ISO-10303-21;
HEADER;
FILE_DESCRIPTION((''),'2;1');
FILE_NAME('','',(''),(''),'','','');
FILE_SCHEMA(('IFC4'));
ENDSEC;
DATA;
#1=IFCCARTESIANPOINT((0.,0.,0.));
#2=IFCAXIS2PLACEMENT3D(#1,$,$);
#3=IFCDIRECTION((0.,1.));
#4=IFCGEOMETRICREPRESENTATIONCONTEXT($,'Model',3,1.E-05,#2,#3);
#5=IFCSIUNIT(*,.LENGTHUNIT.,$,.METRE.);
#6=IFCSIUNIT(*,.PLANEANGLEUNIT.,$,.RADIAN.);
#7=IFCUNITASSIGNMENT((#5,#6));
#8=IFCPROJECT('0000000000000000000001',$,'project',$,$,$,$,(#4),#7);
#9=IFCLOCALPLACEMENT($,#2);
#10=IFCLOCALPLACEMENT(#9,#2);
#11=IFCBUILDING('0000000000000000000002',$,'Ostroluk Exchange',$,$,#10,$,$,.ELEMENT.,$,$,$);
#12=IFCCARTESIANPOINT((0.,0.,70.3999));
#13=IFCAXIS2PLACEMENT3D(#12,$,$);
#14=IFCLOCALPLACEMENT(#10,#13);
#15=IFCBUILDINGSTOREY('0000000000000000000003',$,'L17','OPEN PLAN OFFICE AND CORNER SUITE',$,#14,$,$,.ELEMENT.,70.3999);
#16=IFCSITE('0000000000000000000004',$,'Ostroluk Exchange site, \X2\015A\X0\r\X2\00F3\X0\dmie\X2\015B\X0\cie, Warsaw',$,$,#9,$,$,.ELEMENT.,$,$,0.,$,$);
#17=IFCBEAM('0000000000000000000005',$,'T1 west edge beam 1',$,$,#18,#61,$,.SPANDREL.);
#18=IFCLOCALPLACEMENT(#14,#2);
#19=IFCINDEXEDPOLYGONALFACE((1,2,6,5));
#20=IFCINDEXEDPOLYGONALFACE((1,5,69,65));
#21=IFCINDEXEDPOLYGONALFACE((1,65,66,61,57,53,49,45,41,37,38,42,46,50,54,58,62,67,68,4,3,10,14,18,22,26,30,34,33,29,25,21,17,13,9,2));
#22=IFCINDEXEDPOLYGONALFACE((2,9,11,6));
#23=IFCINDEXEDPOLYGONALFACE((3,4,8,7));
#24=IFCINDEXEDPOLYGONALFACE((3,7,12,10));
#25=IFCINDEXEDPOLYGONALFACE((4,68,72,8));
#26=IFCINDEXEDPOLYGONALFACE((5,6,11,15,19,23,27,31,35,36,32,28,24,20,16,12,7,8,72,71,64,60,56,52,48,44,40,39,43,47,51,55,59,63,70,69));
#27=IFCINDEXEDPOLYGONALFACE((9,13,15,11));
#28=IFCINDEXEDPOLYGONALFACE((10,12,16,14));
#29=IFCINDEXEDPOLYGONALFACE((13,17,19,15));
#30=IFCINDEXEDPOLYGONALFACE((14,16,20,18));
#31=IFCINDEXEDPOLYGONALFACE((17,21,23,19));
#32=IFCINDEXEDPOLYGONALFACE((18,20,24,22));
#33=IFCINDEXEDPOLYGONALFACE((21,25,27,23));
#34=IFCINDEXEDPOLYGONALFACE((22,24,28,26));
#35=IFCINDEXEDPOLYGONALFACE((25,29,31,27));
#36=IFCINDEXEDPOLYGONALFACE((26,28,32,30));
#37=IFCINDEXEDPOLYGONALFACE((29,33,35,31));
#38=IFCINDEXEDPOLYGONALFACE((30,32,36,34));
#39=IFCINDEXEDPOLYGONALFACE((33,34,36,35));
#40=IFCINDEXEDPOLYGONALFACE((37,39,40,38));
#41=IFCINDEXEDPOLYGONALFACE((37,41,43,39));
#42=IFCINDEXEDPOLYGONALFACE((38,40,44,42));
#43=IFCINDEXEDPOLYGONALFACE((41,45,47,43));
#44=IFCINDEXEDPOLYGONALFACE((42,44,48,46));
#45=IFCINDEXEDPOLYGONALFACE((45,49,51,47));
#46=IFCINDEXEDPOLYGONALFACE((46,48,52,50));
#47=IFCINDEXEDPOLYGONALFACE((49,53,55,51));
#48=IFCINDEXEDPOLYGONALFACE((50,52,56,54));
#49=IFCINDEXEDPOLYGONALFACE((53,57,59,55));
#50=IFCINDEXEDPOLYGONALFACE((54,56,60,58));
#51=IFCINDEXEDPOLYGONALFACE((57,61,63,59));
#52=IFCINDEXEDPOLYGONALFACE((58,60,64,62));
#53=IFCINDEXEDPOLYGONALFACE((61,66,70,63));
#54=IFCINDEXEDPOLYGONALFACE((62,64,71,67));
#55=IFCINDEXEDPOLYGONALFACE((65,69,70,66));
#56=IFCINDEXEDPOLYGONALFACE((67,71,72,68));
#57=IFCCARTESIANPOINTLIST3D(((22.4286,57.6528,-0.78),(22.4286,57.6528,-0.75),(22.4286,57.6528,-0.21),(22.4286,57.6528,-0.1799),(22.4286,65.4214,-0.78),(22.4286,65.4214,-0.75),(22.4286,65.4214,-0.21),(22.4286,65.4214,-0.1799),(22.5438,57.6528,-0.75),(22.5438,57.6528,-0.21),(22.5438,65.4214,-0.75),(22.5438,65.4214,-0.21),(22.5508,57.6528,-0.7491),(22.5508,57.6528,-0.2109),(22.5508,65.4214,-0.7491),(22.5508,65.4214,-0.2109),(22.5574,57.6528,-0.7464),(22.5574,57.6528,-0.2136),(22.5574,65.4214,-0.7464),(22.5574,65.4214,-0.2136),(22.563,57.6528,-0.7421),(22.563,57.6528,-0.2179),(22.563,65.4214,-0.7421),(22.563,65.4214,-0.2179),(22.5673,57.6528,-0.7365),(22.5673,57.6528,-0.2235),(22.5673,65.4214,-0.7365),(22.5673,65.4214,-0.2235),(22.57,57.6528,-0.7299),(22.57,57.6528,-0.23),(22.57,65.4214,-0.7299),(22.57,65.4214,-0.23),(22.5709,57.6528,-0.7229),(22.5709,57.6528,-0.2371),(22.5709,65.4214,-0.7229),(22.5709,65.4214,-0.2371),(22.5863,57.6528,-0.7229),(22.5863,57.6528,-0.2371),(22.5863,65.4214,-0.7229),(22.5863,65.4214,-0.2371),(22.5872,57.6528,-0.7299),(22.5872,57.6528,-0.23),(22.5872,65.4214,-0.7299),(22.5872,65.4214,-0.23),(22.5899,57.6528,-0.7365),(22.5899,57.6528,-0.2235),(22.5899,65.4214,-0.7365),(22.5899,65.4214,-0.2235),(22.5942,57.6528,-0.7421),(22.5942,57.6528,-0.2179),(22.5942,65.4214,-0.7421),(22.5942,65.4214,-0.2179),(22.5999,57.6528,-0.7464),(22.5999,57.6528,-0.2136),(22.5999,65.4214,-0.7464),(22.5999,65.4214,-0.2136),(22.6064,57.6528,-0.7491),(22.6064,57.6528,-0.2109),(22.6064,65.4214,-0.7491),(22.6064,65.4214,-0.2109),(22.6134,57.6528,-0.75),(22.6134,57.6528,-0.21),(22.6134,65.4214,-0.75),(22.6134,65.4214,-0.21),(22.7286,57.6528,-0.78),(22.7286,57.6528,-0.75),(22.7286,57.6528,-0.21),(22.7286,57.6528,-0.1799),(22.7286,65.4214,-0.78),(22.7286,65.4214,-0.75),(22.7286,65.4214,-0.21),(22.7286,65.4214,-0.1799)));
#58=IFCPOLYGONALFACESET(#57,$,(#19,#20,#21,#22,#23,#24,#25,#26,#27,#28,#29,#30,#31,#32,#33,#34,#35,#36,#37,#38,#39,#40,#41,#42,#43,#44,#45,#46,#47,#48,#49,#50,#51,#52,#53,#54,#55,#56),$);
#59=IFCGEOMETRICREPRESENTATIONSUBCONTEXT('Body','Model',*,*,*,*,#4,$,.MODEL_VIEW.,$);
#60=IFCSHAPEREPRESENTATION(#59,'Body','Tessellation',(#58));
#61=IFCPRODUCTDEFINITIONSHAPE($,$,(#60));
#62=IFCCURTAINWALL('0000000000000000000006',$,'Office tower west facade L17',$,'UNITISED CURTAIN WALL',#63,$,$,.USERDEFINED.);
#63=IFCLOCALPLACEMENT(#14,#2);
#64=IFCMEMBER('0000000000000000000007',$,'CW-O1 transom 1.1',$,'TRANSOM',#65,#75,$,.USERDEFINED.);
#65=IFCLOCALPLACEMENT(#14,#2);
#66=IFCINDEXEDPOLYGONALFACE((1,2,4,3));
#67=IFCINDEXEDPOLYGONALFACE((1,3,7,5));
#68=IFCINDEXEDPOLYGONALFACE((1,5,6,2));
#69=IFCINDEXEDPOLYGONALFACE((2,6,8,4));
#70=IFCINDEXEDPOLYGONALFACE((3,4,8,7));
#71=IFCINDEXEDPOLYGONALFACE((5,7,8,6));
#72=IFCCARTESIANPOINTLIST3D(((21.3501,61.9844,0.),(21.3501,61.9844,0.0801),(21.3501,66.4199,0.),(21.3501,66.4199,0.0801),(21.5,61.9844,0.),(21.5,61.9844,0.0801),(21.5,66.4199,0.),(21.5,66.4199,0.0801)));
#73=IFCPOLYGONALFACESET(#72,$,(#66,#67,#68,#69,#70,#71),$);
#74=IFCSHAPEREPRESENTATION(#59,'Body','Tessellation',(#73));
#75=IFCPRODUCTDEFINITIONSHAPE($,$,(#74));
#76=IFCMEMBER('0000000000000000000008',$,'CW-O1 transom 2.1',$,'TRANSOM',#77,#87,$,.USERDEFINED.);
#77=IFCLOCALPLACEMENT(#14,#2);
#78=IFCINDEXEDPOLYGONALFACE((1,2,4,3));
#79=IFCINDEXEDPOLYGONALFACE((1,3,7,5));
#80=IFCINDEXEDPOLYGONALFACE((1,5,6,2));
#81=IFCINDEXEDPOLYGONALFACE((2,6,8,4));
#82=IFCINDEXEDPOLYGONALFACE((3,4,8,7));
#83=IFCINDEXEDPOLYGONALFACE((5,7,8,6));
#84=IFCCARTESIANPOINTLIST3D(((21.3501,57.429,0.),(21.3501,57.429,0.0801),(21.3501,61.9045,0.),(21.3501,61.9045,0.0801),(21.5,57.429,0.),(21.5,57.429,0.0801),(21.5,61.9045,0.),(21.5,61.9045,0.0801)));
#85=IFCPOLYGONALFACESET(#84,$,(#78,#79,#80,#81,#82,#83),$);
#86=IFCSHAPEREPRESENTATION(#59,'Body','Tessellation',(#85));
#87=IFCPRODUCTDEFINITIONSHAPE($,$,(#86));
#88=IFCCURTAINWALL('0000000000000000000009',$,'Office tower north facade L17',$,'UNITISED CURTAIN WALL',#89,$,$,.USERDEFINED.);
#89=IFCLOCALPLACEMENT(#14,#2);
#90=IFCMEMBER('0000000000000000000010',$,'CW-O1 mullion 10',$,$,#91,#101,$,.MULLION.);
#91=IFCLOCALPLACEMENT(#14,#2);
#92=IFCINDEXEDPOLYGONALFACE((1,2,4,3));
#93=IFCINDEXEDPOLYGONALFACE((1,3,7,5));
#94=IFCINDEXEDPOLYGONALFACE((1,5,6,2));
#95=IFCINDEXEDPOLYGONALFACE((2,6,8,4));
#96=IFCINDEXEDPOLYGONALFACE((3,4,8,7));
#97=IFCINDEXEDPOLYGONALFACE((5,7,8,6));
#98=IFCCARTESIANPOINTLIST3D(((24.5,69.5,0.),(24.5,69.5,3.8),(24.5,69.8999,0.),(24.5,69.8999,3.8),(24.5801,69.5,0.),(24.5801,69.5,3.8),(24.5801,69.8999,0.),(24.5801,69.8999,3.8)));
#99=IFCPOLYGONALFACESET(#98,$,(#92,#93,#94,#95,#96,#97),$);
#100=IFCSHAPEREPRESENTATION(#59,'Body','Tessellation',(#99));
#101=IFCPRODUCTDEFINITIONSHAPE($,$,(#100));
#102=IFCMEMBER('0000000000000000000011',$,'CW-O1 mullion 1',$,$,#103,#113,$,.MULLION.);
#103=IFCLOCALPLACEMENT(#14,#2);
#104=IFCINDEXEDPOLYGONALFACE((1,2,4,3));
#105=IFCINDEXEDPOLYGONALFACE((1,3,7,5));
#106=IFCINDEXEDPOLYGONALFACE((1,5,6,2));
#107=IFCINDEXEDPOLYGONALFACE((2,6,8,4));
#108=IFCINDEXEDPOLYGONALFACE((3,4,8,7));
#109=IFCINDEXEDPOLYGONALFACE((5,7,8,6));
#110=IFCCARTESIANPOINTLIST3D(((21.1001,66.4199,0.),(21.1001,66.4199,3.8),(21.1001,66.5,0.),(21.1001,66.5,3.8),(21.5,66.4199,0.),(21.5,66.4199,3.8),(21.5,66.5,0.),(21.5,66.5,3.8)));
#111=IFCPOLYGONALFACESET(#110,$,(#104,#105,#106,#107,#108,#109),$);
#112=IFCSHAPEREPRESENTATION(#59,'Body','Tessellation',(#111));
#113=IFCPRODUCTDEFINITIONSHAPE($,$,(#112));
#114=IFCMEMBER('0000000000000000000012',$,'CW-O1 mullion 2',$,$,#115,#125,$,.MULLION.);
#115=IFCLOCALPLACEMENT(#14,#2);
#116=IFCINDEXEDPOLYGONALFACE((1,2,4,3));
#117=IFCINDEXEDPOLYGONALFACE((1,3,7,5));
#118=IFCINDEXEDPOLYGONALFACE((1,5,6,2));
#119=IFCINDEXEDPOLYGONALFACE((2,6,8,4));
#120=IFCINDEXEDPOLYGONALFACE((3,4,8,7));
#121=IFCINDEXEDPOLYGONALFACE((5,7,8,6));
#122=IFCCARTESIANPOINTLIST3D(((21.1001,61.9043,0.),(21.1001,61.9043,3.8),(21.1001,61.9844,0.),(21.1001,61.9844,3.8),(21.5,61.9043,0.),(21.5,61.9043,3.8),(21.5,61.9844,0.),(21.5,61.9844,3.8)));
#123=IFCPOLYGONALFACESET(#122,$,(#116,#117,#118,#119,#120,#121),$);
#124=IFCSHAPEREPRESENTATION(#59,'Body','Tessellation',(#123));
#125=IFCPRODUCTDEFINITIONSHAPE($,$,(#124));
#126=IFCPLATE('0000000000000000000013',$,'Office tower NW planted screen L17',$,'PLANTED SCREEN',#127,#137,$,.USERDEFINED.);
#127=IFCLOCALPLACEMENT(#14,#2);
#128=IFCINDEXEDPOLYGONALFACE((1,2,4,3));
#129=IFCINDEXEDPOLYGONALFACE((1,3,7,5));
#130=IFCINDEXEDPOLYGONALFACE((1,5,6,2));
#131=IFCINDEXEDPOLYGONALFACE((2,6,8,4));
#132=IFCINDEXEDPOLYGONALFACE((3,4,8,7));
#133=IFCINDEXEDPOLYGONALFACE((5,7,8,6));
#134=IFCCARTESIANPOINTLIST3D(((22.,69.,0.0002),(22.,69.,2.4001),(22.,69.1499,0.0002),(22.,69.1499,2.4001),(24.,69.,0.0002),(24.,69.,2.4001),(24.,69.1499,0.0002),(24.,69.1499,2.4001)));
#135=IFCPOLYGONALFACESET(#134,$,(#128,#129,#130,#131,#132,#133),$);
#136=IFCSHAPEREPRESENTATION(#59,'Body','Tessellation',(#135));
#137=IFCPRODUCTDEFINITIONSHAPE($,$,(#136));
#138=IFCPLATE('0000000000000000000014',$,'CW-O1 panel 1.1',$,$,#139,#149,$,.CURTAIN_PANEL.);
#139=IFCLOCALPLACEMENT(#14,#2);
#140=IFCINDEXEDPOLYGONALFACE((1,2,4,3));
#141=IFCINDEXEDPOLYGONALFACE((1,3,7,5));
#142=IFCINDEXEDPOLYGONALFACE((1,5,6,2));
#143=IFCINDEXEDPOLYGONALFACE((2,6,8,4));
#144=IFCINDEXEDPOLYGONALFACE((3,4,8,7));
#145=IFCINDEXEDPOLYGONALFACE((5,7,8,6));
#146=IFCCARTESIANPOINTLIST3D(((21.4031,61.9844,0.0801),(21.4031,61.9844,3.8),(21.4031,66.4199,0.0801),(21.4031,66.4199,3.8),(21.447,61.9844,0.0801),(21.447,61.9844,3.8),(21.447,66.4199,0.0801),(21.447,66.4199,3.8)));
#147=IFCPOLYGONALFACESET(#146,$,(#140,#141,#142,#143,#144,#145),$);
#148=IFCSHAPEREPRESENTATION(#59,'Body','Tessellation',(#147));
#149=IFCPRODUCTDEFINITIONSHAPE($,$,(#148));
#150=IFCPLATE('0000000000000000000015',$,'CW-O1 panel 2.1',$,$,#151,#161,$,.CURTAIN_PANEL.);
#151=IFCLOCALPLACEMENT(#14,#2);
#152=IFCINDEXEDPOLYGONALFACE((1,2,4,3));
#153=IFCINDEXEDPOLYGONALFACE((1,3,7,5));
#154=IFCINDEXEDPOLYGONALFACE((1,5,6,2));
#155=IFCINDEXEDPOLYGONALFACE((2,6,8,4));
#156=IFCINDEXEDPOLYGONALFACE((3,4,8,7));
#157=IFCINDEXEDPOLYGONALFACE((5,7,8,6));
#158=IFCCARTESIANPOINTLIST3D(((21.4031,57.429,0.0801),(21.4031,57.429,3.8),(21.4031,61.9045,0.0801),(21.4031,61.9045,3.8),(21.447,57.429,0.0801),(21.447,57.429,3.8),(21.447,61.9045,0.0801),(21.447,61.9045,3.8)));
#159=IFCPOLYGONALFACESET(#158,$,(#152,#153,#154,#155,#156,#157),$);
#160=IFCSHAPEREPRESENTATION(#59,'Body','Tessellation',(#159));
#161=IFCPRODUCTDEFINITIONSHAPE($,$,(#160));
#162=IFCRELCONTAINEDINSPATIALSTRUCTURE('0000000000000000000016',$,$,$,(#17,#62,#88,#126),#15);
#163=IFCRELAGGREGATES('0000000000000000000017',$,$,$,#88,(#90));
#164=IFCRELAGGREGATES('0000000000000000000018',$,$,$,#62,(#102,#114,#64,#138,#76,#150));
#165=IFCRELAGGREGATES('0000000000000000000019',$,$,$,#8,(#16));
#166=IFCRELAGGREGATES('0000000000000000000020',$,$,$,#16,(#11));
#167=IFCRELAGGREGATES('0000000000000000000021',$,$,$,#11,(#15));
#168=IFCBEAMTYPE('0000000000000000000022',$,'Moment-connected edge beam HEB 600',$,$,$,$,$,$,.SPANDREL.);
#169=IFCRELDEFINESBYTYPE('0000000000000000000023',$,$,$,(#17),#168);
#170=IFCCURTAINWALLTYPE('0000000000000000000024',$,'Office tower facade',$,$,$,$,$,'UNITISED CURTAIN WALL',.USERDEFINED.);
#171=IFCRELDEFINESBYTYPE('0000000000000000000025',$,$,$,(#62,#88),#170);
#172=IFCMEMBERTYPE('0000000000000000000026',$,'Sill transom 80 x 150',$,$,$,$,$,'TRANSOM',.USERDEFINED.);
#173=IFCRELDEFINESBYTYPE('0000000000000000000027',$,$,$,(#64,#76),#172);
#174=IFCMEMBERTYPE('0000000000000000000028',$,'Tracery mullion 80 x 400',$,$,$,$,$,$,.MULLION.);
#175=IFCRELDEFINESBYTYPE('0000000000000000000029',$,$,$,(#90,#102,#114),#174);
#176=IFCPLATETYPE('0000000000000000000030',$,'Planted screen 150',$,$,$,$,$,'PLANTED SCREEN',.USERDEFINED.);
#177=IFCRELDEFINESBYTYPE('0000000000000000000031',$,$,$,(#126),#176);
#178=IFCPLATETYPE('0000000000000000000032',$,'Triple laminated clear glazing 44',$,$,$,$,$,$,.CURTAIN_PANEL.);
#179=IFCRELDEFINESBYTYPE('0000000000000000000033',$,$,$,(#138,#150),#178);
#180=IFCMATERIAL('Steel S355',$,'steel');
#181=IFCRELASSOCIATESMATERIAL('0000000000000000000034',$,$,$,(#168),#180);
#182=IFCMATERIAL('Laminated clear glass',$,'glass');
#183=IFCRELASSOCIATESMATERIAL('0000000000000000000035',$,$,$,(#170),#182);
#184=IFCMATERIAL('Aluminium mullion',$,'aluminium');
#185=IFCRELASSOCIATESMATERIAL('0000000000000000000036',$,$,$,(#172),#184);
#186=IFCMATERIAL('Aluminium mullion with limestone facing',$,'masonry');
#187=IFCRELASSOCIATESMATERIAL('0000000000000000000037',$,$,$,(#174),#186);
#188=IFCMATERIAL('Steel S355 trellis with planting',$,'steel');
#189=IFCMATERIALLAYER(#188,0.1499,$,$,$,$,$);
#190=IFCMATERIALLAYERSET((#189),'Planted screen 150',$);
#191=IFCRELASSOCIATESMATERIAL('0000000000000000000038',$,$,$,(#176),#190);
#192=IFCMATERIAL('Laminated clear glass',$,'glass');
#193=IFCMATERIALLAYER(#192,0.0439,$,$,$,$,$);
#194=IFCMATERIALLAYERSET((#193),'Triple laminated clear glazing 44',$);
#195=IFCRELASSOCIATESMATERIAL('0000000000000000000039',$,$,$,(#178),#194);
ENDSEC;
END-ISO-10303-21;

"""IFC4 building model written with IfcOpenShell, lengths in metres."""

from ifc_helpers import new_model, si_unit, direction, frame, origin, origin_2d, place, context, subcontext, project, spatial, rectangle, i_section, extrude, material, layer, layer_set, material_profile, profile_set, type_object, element, aggregate, save


model = new_model("IFC4")

# Units and contexts
model_context = context("Model", 3, precision=1e-05, world=origin(), true_north=direction((0.0, 1.0)))
body_context = subcontext(model_context, "Body", "Model", "MODEL_VIEW")
ifc_project = project(units=[si_unit("LENGTHUNIT", "METRE"), si_unit("PLANEANGLEUNIT", "RADIAN")], contexts=[model_context])

# Site, building, storey
site_placement = place(None, origin())
site = spatial("IfcSite", under=ifc_project, at=site_placement, Name="Ostroluk Exchange site, Śródmieście, Warsaw", CompositionType="ELEMENT", RefElevation=0.0)
building_placement = place(site_placement, origin())
building = spatial("IfcBuilding", under=site, at=building_placement, Name="Ostroluk Exchange", CompositionType="ELEMENT")
storey_placement = place(building_placement, frame((0.0, 0.0, 70.3999)))
storey = spatial("IfcBuildingStorey", under=building, at=storey_placement, Name="L17", Description="OPEN PLAN OFFICE AND CORNER SUITE", CompositionType="ELEMENT", Elevation=70.3999)

# Beam
ifc_material_1 = material(Name="Steel S355", Category="steel")
ifc_material_profile_1 = material_profile(ifc_material_1, i_section(OverallWidth=0.3, OverallDepth=0.6001, WebThickness=0.0154, FlangeThickness=0.03, FilletRadius=0.0271, at=origin_2d()), Name="HEB 600")
ifc_profile_set_1 = profile_set([ifc_material_profile_1], Name="Steel S355")
beam_type_1 = type_object("IfcBeamType", Name="Moment-connected edge beam HEB 600", PredefinedType="SPANDREL", material=ifc_profile_set_1)
beam_placement = place(storey_placement, frame((22.5786, 65.4214, -0.48), z_axis=(0.0, -1.0, 0.0), x_axis=(1.0, 0.0, 0.0)))
element("IfcBeam", 1, at=beam_placement, inside=storey, type_object=beam_type_1, Name="T1 west edge beam 1", PredefinedType="SPANDREL", context=body_context, shape_type="SweptSolid", body=[
    extrude(i_section(OverallWidth=0.3, OverallDepth=0.6001, WebThickness=0.0154, FlangeThickness=0.03, FilletRadius=0.0271, at=origin_2d()), origin(), (0.0, 0.0, 1.0), 7.7686),
])

# Curtain wall, members
ifc_material_2 = material(Name="Laminated clear glass", Category="glass")
curtain_wall_type = type_object("IfcCurtainWallType", Name="Office tower facade", ElementType="UNITISED CURTAIN WALL", PredefinedType="USERDEFINED", material=ifc_material_2)
curtain_wall_1_placement = place(storey_placement, origin())
curtain_wall_1 = element("IfcCurtainWall", 2, at=curtain_wall_1_placement, inside=storey, type_object=curtain_wall_type, Name="Office tower west facade L17", ObjectType="UNITISED CURTAIN WALL", PredefinedType="USERDEFINED")
ifc_material_3 = material(Name="Aluminium mullion", Category="aluminium")
ifc_material_profile_2 = material_profile(ifc_material_3, rectangle(XDim=0.1499, YDim=0.0801, at=origin_2d()), Name="Sill transom 80 x 150")
ifc_profile_set_2 = profile_set([ifc_material_profile_2], Name="Aluminium mullion")
member_type_1 = type_object("IfcMemberType", Name="Sill transom 80 x 150", ElementType="TRANSOM", PredefinedType="USERDEFINED", material=ifc_profile_set_2)
member_1_placement = place(storey_placement, frame((21.425, 66.4199, 0.04), z_axis=(0.0, -1.0, 0.0), x_axis=(1.0, 0.0, 0.0)))
member_1 = element("IfcMember", 3, at=member_1_placement, type_object=member_type_1, Name="CW-O1 transom 1.1", ObjectType="TRANSOM", PredefinedType="USERDEFINED", context=body_context, shape_type="SweptSolid", body=[
    extrude(rectangle(XDim=0.1499, YDim=0.0801, at=origin_2d()), origin(), (0.0, 0.0, 1.0), 4.4355),
])
member_2_placement = place(storey_placement, frame((21.425, 61.9045, 0.04), z_axis=(0.0, -1.0, 0.0), x_axis=(1.0, 0.0, 0.0)))
member_2 = element("IfcMember", 4, at=member_2_placement, type_object=member_type_1, Name="CW-O1 transom 2.1", ObjectType="TRANSOM", PredefinedType="USERDEFINED", context=body_context, shape_type="SweptSolid", body=[
    extrude(rectangle(XDim=0.1499, YDim=0.0801, at=origin_2d()), origin(), (0.0, 0.0, 1.0), 4.4756),
])

# Curtain wall, member
curtain_wall_2_placement = place(storey_placement, origin())
curtain_wall_2 = element("IfcCurtainWall", 5, at=curtain_wall_2_placement, inside=storey, type_object=curtain_wall_type, Name="Office tower north facade L17", ObjectType="UNITISED CURTAIN WALL", PredefinedType="USERDEFINED")
ifc_material_4 = material(Name="Aluminium mullion with limestone facing", Category="masonry")
ifc_material_profile_3 = material_profile(ifc_material_4, rectangle(XDim=0.3999, YDim=0.0801, at=origin_2d()), Name="Tracery mullion 80 x 400")
ifc_profile_set_3 = profile_set([ifc_material_profile_3], Name="Aluminium mullion with limestone facing")
member_type_2 = type_object("IfcMemberType", Name="Tracery mullion 80 x 400", PredefinedType="MULLION", material=ifc_profile_set_3)
member_3_placement = place(storey_placement, frame((24.54, 69.7, 0.0), z_axis=(0.0, 0.0, 1.0), x_axis=(0.0, -1.0, 0.0)))
member_3 = element("IfcMember", 6, at=member_3_placement, type_object=member_type_2, Name="CW-O1 mullion 10", PredefinedType="MULLION", context=body_context, shape_type="SweptSolid", body=[
    extrude(rectangle(XDim=0.3999, YDim=0.0801, at=origin_2d()), origin(), (0.0, 0.0, 1.0), 3.8),
])
aggregate(curtain_wall_2, [member_3])

# Members
member_4_placement = place(storey_placement, frame((21.3, 66.46, 0.0), z_axis=(0.0, 0.0, 1.0), x_axis=(1.0, 0.0, 0.0)))
member_4 = element("IfcMember", 7, at=member_4_placement, type_object=member_type_2, Name="CW-O1 mullion 1", PredefinedType="MULLION", context=body_context, shape_type="SweptSolid", body=[
    extrude(rectangle(XDim=0.3999, YDim=0.0801, at=origin_2d()), origin(), (0.0, 0.0, 1.0), 3.8),
])
member_5_placement = place(storey_placement, frame((21.3, 61.9443, 0.0), z_axis=(0.0, 0.0, 1.0), x_axis=(1.0, 0.0, 0.0)))
member_5 = element("IfcMember", 8, at=member_5_placement, type_object=member_type_2, Name="CW-O1 mullion 2", PredefinedType="MULLION", context=body_context, shape_type="SweptSolid", body=[
    extrude(rectangle(XDim=0.3999, YDim=0.0801, at=origin_2d()), origin(), (0.0, 0.0, 1.0), 3.8),
])

# Plates
ifc_material_5 = material(Name="Steel S355 trellis with planting", Category="steel")
ifc_layer_1 = layer(ifc_material_5, 0.1499)
ifc_layer_set_1 = layer_set([ifc_layer_1], Name="Planted screen 150")
plate_type_1 = type_object("IfcPlateType", Name="Planted screen 150", ElementType="PLANTED SCREEN", PredefinedType="USERDEFINED", material=ifc_layer_set_1)
plate_1_placement = place(storey_placement, frame((23.0, 69.075, 0.0002), z_axis=(0.0, 0.0, 1.0), x_axis=(1.0, 0.0, 0.0)))
element("IfcPlate", 9, at=plate_1_placement, inside=storey, type_object=plate_type_1, Name="Office tower NW planted screen L17", ObjectType="PLANTED SCREEN", PredefinedType="USERDEFINED", context=body_context, shape_type="SweptSolid", body=[
    extrude(rectangle(XDim=2.0, YDim=0.1499, at=origin_2d()), origin(), (0.0, 0.0, 1.0), 2.3999),
])
ifc_material_6 = material(Name="Laminated clear glass", Category="glass")
ifc_layer_2 = layer(ifc_material_6, 0.0439)
ifc_layer_set_2 = layer_set([ifc_layer_2], Name="Triple laminated clear glazing 44")
plate_type_2 = type_object("IfcPlateType", Name="Triple laminated clear glazing 44", PredefinedType="CURTAIN_PANEL", material=ifc_layer_set_2)
plate_2_placement = place(storey_placement, frame((21.425, 64.2021, 0.0801), z_axis=(0.0, 0.0, 1.0), x_axis=(0.0, -1.0, 0.0)))
plate_2 = element("IfcPlate", 10, at=plate_2_placement, type_object=plate_type_2, Name="CW-O1 panel 1.1", PredefinedType="CURTAIN_PANEL", context=body_context, shape_type="SweptSolid", body=[
    extrude(rectangle(XDim=4.4355, YDim=0.0439, at=origin_2d()), origin(), (0.0, 0.0, 1.0), 3.72),
])
plate_3_placement = place(storey_placement, frame((21.425, 59.6667, 0.0801), z_axis=(0.0, 0.0, 1.0), x_axis=(0.0, -1.0, 0.0)))
plate_3 = element("IfcPlate", 11, at=plate_3_placement, type_object=plate_type_2, Name="CW-O1 panel 2.1", PredefinedType="CURTAIN_PANEL", context=body_context, shape_type="SweptSolid", body=[
    extrude(rectangle(XDim=4.4756, YDim=0.0439, at=origin_2d()), origin(), (0.0, 0.0, 1.0), 3.72),
])
aggregate(curtain_wall_1, [member_4, member_5, member_1, plate_2, member_2, plate_3])

save(model, "model.ifc")
